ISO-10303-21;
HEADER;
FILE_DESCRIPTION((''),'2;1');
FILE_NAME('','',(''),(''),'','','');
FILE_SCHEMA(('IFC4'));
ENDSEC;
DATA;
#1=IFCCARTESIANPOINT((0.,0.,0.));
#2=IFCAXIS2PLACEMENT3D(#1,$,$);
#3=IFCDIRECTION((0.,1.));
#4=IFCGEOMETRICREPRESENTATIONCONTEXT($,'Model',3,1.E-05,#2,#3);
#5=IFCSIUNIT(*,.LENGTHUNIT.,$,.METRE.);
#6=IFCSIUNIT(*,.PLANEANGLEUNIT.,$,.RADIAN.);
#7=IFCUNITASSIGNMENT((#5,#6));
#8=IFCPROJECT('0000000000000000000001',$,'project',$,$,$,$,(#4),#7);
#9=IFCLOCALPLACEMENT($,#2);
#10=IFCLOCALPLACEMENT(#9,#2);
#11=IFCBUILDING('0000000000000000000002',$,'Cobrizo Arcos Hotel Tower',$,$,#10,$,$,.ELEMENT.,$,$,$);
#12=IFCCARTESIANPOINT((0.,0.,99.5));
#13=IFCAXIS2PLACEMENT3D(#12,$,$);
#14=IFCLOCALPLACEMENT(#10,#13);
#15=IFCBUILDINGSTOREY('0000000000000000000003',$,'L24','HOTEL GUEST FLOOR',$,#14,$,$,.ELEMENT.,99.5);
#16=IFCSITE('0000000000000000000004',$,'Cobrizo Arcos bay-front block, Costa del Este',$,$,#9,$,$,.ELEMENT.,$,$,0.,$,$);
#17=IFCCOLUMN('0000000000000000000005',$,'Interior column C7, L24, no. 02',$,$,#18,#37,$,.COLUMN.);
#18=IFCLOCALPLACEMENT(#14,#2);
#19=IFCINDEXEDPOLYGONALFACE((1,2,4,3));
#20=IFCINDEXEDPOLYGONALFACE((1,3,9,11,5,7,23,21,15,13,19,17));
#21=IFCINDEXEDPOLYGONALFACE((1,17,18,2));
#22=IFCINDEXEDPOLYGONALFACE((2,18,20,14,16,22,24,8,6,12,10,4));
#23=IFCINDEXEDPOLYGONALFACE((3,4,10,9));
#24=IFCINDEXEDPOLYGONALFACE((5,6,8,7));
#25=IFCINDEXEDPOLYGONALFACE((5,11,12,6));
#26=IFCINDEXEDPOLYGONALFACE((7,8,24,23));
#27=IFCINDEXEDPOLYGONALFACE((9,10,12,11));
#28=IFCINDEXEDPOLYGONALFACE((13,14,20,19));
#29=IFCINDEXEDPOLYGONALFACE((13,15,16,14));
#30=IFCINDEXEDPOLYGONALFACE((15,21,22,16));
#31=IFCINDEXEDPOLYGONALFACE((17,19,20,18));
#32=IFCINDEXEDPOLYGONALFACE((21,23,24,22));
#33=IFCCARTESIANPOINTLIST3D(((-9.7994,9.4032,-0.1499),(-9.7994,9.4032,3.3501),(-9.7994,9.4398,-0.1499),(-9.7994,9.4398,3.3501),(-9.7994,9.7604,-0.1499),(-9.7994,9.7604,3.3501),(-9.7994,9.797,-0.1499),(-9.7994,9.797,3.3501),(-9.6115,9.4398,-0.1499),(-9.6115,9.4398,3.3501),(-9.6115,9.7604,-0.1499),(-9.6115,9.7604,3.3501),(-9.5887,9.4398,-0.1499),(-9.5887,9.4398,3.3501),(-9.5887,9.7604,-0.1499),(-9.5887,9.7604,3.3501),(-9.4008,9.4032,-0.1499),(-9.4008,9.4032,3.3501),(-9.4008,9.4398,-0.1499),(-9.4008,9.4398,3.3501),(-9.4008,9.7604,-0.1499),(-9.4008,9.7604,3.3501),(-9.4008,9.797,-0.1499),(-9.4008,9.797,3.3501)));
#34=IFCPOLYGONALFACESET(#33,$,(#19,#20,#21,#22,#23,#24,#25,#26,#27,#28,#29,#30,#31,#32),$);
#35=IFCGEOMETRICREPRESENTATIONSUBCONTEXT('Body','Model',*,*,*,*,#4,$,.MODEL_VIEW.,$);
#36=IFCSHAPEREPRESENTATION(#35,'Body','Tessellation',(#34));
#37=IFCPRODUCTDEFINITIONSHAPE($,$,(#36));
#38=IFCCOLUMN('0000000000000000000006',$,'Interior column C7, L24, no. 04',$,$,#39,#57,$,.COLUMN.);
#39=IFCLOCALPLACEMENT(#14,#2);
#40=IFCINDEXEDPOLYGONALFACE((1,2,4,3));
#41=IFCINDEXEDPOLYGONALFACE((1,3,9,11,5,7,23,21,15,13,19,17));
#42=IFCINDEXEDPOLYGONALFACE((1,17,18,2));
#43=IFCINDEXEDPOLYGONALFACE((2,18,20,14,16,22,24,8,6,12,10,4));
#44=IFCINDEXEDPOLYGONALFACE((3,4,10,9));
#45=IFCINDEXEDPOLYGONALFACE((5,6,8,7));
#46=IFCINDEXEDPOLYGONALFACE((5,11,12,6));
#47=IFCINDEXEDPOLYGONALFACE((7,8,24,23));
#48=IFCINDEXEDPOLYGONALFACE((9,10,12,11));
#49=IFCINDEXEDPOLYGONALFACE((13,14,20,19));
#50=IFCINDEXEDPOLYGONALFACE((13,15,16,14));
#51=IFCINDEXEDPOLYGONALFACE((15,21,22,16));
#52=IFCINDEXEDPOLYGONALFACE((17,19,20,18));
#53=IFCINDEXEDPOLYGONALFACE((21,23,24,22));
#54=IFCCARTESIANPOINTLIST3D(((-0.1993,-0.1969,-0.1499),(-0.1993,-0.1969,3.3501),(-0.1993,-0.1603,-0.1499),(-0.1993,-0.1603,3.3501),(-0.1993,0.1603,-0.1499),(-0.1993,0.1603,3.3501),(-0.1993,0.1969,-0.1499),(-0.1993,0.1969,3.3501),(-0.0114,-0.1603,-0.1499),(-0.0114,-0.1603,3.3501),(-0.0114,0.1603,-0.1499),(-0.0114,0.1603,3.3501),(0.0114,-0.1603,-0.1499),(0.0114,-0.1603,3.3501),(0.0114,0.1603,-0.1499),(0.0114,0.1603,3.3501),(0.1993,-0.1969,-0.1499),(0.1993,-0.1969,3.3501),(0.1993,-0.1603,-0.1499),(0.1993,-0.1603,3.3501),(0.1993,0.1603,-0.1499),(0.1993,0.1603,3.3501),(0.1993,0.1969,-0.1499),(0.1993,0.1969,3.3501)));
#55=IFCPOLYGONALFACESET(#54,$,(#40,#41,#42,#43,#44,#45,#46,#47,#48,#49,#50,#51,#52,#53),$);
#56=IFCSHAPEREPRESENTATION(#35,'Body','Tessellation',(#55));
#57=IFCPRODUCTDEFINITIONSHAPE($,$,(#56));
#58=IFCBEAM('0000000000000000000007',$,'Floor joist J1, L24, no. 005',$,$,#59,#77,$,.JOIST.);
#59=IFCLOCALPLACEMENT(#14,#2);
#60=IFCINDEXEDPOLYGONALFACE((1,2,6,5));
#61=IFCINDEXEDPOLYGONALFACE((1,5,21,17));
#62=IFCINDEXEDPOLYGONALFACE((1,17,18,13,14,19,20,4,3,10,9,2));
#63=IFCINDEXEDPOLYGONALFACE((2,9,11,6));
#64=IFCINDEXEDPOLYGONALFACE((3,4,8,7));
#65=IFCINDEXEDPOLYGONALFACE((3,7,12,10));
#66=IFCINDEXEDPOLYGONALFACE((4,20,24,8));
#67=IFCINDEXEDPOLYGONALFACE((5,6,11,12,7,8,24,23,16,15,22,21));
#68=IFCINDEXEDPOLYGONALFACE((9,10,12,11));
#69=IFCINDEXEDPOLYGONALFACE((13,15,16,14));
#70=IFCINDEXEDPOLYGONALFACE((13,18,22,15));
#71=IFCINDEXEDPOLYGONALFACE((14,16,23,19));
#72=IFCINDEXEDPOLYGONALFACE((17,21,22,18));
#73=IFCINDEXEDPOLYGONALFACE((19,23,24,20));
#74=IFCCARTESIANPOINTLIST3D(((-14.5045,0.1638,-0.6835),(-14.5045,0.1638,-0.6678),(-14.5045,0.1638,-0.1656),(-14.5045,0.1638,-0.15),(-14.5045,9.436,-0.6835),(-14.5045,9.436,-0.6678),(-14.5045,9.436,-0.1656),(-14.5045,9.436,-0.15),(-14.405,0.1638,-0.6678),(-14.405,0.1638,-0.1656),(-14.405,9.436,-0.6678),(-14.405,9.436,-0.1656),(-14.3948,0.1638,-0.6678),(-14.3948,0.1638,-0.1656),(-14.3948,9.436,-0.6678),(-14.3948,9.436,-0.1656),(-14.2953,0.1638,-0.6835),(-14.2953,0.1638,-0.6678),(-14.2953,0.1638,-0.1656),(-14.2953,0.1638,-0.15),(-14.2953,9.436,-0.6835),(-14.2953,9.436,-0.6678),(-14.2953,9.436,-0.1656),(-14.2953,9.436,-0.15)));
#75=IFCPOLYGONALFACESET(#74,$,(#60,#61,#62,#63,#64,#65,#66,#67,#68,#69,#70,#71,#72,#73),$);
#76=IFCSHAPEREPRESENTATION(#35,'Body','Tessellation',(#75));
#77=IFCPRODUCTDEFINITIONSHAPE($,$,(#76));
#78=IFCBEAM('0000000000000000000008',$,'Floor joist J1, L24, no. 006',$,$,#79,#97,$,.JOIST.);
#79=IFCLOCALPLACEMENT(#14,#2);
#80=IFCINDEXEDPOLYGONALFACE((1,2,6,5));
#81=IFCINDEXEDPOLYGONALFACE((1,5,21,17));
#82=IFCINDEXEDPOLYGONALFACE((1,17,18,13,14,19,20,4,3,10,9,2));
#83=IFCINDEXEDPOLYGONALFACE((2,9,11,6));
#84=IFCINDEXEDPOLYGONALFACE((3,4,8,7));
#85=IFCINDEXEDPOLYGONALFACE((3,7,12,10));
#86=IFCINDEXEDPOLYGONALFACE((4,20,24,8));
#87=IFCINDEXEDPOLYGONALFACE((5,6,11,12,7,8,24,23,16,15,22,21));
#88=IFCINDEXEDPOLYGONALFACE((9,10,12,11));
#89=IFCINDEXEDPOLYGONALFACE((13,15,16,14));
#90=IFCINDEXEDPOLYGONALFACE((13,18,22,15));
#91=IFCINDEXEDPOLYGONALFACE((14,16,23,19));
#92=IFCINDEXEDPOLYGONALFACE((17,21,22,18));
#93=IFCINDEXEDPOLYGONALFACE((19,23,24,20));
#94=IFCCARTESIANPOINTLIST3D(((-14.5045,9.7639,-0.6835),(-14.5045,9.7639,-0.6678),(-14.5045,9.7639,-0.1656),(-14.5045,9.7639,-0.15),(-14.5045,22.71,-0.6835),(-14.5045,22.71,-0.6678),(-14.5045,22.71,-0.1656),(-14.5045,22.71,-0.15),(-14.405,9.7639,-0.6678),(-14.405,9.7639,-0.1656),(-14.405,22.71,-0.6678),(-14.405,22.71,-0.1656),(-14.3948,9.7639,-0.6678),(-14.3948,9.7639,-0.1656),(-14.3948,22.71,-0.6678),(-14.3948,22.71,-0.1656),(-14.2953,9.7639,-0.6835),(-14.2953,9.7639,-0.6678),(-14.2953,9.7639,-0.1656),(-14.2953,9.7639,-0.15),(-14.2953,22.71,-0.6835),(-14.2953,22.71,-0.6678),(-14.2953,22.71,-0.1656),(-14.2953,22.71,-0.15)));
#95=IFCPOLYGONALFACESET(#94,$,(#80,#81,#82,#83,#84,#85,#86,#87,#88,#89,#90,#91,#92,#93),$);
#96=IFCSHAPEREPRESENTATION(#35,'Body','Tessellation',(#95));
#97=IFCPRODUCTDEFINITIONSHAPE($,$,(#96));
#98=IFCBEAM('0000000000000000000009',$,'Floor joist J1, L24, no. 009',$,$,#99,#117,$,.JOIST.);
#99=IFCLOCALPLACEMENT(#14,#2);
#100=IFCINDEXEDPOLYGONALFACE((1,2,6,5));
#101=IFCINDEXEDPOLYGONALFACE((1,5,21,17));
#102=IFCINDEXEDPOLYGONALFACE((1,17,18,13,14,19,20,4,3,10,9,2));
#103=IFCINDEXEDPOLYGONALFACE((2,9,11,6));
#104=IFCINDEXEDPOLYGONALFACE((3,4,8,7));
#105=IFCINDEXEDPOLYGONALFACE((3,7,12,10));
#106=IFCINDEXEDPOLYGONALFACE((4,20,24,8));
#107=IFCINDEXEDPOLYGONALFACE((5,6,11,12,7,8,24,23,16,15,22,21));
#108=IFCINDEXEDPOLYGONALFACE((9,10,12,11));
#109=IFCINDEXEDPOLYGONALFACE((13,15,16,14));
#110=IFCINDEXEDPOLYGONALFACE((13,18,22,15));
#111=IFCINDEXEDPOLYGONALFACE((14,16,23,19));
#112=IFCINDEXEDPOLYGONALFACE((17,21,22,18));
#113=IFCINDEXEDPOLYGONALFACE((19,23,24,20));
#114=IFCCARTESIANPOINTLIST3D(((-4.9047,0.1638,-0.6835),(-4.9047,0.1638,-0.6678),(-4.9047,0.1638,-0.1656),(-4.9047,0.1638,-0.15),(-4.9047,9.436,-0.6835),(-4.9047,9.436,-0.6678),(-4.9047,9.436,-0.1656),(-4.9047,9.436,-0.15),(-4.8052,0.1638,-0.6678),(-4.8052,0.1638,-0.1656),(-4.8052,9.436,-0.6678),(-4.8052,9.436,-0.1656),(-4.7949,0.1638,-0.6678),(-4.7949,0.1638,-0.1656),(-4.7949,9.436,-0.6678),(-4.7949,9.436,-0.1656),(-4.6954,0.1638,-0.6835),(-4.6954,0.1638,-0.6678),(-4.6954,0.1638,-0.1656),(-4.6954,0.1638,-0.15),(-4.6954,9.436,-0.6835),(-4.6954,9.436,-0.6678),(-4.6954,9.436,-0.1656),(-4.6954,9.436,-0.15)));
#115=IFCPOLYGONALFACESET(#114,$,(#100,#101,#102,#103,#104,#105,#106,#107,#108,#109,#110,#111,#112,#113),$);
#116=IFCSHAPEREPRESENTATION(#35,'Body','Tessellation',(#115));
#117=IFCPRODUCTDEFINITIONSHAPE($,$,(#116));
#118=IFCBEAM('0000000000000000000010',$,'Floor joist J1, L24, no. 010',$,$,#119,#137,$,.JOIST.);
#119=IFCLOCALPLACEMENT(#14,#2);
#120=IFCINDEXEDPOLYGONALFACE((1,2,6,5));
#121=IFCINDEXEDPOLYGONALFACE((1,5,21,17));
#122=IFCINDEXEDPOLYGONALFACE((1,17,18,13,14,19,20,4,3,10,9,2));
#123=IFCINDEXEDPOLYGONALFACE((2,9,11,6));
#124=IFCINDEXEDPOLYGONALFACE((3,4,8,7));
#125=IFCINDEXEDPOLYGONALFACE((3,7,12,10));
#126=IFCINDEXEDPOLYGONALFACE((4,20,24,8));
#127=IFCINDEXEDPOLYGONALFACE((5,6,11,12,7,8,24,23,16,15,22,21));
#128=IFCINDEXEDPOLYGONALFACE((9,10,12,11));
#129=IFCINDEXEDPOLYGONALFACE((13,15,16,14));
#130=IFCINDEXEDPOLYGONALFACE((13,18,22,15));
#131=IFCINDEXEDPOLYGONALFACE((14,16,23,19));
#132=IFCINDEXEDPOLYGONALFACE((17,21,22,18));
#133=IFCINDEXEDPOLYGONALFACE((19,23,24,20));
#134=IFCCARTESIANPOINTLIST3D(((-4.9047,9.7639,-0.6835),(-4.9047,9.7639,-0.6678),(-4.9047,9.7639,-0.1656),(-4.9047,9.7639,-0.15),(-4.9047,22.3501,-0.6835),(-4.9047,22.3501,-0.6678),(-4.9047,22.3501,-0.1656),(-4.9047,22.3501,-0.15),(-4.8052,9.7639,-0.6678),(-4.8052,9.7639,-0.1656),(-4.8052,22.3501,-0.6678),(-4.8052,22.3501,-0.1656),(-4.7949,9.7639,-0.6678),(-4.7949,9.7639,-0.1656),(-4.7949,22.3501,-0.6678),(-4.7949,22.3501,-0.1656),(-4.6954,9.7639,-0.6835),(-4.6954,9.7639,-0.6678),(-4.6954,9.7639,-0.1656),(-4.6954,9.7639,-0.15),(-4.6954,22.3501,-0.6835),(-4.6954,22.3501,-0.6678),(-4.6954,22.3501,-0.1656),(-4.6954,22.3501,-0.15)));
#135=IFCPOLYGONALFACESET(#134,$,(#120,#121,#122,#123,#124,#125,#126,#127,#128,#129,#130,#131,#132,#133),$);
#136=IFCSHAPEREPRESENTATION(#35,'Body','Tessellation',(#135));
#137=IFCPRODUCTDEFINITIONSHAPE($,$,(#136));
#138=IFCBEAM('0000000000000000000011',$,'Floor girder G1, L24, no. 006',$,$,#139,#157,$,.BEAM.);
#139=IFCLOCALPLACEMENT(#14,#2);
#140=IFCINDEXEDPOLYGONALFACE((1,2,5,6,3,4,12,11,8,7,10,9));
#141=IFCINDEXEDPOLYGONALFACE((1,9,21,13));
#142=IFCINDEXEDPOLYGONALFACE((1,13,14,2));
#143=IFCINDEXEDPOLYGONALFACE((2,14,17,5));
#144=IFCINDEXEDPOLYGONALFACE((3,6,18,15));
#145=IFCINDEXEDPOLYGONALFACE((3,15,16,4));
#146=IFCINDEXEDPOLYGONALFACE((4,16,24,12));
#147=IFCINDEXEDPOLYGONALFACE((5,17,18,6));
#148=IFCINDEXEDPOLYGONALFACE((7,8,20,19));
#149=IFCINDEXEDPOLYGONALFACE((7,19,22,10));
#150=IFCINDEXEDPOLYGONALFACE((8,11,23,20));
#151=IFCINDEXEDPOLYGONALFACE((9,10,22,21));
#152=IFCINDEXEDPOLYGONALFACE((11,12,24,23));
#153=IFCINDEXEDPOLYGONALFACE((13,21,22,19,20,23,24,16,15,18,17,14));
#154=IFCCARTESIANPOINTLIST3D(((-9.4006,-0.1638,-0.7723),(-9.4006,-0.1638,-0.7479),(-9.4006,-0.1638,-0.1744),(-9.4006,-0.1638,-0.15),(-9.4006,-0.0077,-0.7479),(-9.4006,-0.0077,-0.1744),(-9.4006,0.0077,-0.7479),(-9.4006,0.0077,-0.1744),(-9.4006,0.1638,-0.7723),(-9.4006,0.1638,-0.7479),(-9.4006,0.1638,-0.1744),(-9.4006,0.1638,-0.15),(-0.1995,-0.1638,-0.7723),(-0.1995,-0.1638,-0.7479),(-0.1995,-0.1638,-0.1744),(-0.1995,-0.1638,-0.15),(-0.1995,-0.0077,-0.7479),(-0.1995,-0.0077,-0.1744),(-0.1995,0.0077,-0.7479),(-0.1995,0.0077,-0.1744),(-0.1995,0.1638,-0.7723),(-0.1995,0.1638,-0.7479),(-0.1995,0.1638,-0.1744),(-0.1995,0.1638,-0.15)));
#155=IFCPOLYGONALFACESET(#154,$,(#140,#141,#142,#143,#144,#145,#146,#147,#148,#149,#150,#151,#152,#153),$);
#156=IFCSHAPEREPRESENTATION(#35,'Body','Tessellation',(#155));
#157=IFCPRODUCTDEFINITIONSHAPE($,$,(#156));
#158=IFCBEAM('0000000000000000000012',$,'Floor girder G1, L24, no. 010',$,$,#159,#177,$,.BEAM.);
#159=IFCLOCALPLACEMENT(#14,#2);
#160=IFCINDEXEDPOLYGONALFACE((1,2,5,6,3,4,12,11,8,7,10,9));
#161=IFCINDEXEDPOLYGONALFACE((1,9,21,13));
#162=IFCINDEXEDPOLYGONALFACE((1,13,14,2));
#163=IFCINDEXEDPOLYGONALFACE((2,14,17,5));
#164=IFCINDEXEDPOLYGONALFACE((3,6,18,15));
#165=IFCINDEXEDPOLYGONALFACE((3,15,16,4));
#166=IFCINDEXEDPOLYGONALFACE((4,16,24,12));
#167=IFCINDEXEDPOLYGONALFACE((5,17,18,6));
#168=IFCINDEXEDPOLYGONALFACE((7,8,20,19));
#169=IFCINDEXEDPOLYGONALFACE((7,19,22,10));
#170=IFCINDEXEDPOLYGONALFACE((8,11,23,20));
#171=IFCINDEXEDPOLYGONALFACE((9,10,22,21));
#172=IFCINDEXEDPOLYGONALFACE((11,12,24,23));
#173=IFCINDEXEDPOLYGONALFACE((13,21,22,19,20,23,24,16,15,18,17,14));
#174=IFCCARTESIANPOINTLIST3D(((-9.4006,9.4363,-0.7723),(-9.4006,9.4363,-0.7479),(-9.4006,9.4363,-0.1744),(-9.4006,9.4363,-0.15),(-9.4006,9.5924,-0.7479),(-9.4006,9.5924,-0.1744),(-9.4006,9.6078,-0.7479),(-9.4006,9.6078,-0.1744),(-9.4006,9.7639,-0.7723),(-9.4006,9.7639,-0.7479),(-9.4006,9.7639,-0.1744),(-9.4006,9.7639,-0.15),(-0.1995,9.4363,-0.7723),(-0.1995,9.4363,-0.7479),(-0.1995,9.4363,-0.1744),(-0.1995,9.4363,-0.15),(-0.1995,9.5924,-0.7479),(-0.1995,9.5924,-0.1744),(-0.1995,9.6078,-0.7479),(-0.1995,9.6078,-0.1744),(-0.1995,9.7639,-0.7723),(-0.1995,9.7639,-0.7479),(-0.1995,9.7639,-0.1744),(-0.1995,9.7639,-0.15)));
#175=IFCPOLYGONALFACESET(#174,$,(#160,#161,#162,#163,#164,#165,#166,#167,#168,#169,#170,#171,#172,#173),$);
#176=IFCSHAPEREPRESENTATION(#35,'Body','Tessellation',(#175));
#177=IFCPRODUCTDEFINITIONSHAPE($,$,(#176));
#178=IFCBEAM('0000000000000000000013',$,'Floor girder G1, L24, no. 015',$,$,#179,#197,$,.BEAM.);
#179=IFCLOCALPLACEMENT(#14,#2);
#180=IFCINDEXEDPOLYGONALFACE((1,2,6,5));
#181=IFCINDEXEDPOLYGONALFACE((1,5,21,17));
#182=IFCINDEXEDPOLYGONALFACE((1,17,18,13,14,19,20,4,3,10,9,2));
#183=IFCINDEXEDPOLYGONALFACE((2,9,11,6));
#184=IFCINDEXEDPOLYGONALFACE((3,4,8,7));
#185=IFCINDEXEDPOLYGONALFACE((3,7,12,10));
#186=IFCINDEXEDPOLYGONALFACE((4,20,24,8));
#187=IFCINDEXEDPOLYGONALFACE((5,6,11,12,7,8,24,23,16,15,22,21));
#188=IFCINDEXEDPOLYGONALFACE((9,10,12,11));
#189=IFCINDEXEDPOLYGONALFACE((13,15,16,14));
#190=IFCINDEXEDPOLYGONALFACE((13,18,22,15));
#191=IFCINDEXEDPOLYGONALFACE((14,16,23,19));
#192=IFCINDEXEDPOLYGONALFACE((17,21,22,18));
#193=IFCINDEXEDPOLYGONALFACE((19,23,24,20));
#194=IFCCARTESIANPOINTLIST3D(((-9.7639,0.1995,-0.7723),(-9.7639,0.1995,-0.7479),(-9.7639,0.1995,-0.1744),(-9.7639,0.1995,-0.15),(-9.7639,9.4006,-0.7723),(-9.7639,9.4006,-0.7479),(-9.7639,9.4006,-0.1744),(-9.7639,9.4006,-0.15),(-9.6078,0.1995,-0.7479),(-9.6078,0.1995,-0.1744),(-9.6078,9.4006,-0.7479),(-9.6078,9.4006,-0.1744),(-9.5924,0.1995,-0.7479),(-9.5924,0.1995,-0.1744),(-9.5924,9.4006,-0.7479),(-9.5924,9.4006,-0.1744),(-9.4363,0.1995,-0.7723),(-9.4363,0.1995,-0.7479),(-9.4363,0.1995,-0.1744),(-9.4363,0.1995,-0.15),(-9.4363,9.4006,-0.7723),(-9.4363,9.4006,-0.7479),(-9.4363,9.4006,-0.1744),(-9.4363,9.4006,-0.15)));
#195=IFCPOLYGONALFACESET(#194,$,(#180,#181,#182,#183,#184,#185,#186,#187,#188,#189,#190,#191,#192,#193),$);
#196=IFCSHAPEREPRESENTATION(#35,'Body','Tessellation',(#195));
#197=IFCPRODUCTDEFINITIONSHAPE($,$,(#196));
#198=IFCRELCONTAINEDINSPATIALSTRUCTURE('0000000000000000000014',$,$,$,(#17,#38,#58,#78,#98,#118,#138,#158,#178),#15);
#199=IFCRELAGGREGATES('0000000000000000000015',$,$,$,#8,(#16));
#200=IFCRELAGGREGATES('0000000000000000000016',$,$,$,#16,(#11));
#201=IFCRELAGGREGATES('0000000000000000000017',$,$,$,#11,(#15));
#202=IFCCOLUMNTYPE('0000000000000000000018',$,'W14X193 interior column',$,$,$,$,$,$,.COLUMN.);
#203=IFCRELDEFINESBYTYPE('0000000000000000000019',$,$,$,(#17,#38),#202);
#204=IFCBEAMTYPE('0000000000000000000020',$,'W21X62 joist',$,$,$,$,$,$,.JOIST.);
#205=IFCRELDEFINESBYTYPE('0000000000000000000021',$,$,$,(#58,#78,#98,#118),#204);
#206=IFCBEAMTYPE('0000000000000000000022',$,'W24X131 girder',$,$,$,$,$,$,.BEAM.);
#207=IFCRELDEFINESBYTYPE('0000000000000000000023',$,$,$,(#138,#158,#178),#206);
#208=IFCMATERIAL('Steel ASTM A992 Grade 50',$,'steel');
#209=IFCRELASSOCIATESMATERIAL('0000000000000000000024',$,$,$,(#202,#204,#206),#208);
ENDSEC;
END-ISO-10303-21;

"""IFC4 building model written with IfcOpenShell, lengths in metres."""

from ifc_helpers import new_model, si_unit, direction, frame, origin, origin_2d, place, context, subcontext, project, spatial, i_section, extrude, material, material_profile, profile_set, type_object, element, save


model = new_model("IFC4")

# Units and contexts
model_context = context("Model", 3, precision=1e-05, world=origin(), true_north=direction((0.0, 1.0)))
body_context = subcontext(model_context, "Body", "Model", "MODEL_VIEW")
ifc_project = project(units=[si_unit("LENGTHUNIT", "METRE"), si_unit("PLANEANGLEUNIT", "RADIAN")], contexts=[model_context])

# Site, building, storey
site_placement = place(None, origin())
site = spatial("IfcSite", under=ifc_project, at=site_placement, Name="Cobrizo Arcos bay-front block, Costa del Este", CompositionType="ELEMENT", RefElevation=0.0)
building_placement = place(site_placement, origin())
building = spatial("IfcBuilding", under=site, at=building_placement, Name="Cobrizo Arcos Hotel Tower", CompositionType="ELEMENT")
storey_placement = place(building_placement, frame((0.0, 0.0, 99.5)))
storey = spatial("IfcBuildingStorey", under=building, at=storey_placement, Name="L24", Description="HOTEL GUEST FLOOR", CompositionType="ELEMENT", Elevation=99.5)

# Columns
ifc_material_1 = material(Name="Steel ASTM A992 Grade 50", Category="steel")
ifc_material_profile_1 = material_profile(ifc_material_1, i_section(OverallWidth=0.3987, OverallDepth=0.3938, WebThickness=0.0227, FlangeThickness=0.0366, at=origin_2d()), Name="W14X193")
ifc_profile_set_1 = profile_set([ifc_material_profile_1], Name="Steel ASTM A992 Grade 50")
column_type = type_object("IfcColumnType", Name="W14X193 interior column", PredefinedType="COLUMN", material=ifc_profile_set_1)
for number, where, z_axis, x_axis, name in (
    (1, (-9.6001, 9.6001, -0.1499), (0.0, 0.0, 1.0), (1.0, 0.0, 0.0), "Interior column C7, L24, no. 02"),
    (2, (0.0, 0.0, -0.1499), (0.0, 0.0, 1.0), (1.0, 0.0, 0.0), "Interior column C7, L24, no. 04"),
):
    element("IfcColumn", number, at=place(storey_placement, frame(where, z_axis=z_axis, x_axis=x_axis)), inside=storey, type_object=column_type, Name=name, PredefinedType="COLUMN", context=body_context, shape_type="SweptSolid", body=[
        extrude(i_section(OverallWidth=0.3987, OverallDepth=0.3938, WebThickness=0.0227, FlangeThickness=0.0366, at=origin_2d()), origin(), (0.0, 0.0, 1.0), 3.5),
    ])

# Beams
ifc_material_profile_2 = material_profile(ifc_material_1, i_section(OverallWidth=0.2092, OverallDepth=0.5334, WebThickness=0.0103, FlangeThickness=0.0156, at=origin_2d()), Name="W21X62")
ifc_profile_set_2 = profile_set([ifc_material_profile_2], Name="Steel ASTM A992 Grade 50")
beam_type_1 = type_object("IfcBeamType", Name="W21X62 joist", PredefinedType="JOIST", material=ifc_profile_set_2)
beam_1_placement = place(storey_placement, frame((-14.3999, 0.1638, -0.4167), z_axis=(0.0, 1.0, 0.0), x_axis=(-1.0, 0.0, 0.0)))
element("IfcBeam", 3, at=beam_1_placement, inside=storey, type_object=beam_type_1, Name="Floor joist J1, L24, no. 005", PredefinedType="JOIST", context=body_context, shape_type="SweptSolid", body=[
    extrude(i_section(OverallWidth=0.2092, OverallDepth=0.5334, WebThickness=0.0103, FlangeThickness=0.0156, at=origin_2d()), origin(), (0.0, 0.0, 1.0), 9.2722),
])
beam_2_placement = place(storey_placement, frame((-14.3999, 9.7639, -0.4167), z_axis=(0.0, 1.0, 0.0), x_axis=(-1.0, 0.0, 0.0)))
element("IfcBeam", 4, at=beam_2_placement, inside=storey, type_object=beam_type_1, Name="Floor joist J1, L24, no. 006", PredefinedType="JOIST", context=body_context, shape_type="SweptSolid", body=[
    extrude(i_section(OverallWidth=0.2092, OverallDepth=0.5334, WebThickness=0.0103, FlangeThickness=0.0156, at=origin_2d()), origin(), (0.0, 0.0, 1.0), 12.946),
])
beam_3_placement = place(storey_placement, frame((-4.8, 0.1638, -0.4167), z_axis=(0.0, 1.0, 0.0), x_axis=(-1.0, 0.0, 0.0)))
element("IfcBeam", 5, at=beam_3_placement, inside=storey, type_object=beam_type_1, Name="Floor joist J1, L24, no. 009", PredefinedType="JOIST", context=body_context, shape_type="SweptSolid", body=[
    extrude(i_section(OverallWidth=0.2092, OverallDepth=0.5334, WebThickness=0.0103, FlangeThickness=0.0156, at=origin_2d()), origin(), (0.0, 0.0, 1.0), 9.2722),
])
beam_4_placement = place(storey_placement, frame((-4.8, 9.7639, -0.4167), z_axis=(0.0, 1.0, 0.0), x_axis=(-1.0, 0.0, 0.0)))
element("IfcBeam", 6, at=beam_4_placement, inside=storey, type_object=beam_type_1, Name="Floor joist J1, L24, no. 010", PredefinedType="JOIST", context=body_context, shape_type="SweptSolid", body=[
    extrude(i_section(OverallWidth=0.2092, OverallDepth=0.5334, WebThickness=0.0103, FlangeThickness=0.0156, at=origin_2d()), origin(), (0.0, 0.0, 1.0), 12.5862),
])
ifc_material_profile_3 = material_profile(ifc_material_1, i_section(OverallWidth=0.3276, OverallDepth=0.6223, WebThickness=0.0154, FlangeThickness=0.0244, at=origin_2d()), Name="W24X131")
ifc_profile_set_3 = profile_set([ifc_material_profile_3], Name="Steel ASTM A992 Grade 50")
beam_type_2 = type_object("IfcBeamType", Name="W24X131 girder", PredefinedType="BEAM", material=ifc_profile_set_3)
for number, where, z_axis, x_axis, name in (
    (7, (-9.4006, 0.0, -0.4612), (1.0, 0.0, 0.0), (0.0, 1.0, 0.0), "Floor girder G1, L24, no. 006"),
    (8, (-9.4006, 9.6001, -0.4612), (1.0, 0.0, 0.0), (0.0, 1.0, 0.0), "Floor girder G1, L24, no. 010"),
    (9, (-9.6001, 0.1995, -0.4612), (0.0, 1.0, 0.0), (-1.0, 0.0, 0.0), "Floor girder G1, L24, no. 015"),
):
    element("IfcBeam", number, at=place(storey_placement, frame(where, z_axis=z_axis, x_axis=x_axis)), inside=storey, type_object=beam_type_2, Name=name, PredefinedType="BEAM", context=body_context, shape_type="SweptSolid", body=[
        extrude(i_section(OverallWidth=0.3276, OverallDepth=0.6223, WebThickness=0.0154, FlangeThickness=0.0244, at=origin_2d()), origin(), (0.0, 0.0, 1.0), 9.2012),
    ])

save(model, "model.ifc")
